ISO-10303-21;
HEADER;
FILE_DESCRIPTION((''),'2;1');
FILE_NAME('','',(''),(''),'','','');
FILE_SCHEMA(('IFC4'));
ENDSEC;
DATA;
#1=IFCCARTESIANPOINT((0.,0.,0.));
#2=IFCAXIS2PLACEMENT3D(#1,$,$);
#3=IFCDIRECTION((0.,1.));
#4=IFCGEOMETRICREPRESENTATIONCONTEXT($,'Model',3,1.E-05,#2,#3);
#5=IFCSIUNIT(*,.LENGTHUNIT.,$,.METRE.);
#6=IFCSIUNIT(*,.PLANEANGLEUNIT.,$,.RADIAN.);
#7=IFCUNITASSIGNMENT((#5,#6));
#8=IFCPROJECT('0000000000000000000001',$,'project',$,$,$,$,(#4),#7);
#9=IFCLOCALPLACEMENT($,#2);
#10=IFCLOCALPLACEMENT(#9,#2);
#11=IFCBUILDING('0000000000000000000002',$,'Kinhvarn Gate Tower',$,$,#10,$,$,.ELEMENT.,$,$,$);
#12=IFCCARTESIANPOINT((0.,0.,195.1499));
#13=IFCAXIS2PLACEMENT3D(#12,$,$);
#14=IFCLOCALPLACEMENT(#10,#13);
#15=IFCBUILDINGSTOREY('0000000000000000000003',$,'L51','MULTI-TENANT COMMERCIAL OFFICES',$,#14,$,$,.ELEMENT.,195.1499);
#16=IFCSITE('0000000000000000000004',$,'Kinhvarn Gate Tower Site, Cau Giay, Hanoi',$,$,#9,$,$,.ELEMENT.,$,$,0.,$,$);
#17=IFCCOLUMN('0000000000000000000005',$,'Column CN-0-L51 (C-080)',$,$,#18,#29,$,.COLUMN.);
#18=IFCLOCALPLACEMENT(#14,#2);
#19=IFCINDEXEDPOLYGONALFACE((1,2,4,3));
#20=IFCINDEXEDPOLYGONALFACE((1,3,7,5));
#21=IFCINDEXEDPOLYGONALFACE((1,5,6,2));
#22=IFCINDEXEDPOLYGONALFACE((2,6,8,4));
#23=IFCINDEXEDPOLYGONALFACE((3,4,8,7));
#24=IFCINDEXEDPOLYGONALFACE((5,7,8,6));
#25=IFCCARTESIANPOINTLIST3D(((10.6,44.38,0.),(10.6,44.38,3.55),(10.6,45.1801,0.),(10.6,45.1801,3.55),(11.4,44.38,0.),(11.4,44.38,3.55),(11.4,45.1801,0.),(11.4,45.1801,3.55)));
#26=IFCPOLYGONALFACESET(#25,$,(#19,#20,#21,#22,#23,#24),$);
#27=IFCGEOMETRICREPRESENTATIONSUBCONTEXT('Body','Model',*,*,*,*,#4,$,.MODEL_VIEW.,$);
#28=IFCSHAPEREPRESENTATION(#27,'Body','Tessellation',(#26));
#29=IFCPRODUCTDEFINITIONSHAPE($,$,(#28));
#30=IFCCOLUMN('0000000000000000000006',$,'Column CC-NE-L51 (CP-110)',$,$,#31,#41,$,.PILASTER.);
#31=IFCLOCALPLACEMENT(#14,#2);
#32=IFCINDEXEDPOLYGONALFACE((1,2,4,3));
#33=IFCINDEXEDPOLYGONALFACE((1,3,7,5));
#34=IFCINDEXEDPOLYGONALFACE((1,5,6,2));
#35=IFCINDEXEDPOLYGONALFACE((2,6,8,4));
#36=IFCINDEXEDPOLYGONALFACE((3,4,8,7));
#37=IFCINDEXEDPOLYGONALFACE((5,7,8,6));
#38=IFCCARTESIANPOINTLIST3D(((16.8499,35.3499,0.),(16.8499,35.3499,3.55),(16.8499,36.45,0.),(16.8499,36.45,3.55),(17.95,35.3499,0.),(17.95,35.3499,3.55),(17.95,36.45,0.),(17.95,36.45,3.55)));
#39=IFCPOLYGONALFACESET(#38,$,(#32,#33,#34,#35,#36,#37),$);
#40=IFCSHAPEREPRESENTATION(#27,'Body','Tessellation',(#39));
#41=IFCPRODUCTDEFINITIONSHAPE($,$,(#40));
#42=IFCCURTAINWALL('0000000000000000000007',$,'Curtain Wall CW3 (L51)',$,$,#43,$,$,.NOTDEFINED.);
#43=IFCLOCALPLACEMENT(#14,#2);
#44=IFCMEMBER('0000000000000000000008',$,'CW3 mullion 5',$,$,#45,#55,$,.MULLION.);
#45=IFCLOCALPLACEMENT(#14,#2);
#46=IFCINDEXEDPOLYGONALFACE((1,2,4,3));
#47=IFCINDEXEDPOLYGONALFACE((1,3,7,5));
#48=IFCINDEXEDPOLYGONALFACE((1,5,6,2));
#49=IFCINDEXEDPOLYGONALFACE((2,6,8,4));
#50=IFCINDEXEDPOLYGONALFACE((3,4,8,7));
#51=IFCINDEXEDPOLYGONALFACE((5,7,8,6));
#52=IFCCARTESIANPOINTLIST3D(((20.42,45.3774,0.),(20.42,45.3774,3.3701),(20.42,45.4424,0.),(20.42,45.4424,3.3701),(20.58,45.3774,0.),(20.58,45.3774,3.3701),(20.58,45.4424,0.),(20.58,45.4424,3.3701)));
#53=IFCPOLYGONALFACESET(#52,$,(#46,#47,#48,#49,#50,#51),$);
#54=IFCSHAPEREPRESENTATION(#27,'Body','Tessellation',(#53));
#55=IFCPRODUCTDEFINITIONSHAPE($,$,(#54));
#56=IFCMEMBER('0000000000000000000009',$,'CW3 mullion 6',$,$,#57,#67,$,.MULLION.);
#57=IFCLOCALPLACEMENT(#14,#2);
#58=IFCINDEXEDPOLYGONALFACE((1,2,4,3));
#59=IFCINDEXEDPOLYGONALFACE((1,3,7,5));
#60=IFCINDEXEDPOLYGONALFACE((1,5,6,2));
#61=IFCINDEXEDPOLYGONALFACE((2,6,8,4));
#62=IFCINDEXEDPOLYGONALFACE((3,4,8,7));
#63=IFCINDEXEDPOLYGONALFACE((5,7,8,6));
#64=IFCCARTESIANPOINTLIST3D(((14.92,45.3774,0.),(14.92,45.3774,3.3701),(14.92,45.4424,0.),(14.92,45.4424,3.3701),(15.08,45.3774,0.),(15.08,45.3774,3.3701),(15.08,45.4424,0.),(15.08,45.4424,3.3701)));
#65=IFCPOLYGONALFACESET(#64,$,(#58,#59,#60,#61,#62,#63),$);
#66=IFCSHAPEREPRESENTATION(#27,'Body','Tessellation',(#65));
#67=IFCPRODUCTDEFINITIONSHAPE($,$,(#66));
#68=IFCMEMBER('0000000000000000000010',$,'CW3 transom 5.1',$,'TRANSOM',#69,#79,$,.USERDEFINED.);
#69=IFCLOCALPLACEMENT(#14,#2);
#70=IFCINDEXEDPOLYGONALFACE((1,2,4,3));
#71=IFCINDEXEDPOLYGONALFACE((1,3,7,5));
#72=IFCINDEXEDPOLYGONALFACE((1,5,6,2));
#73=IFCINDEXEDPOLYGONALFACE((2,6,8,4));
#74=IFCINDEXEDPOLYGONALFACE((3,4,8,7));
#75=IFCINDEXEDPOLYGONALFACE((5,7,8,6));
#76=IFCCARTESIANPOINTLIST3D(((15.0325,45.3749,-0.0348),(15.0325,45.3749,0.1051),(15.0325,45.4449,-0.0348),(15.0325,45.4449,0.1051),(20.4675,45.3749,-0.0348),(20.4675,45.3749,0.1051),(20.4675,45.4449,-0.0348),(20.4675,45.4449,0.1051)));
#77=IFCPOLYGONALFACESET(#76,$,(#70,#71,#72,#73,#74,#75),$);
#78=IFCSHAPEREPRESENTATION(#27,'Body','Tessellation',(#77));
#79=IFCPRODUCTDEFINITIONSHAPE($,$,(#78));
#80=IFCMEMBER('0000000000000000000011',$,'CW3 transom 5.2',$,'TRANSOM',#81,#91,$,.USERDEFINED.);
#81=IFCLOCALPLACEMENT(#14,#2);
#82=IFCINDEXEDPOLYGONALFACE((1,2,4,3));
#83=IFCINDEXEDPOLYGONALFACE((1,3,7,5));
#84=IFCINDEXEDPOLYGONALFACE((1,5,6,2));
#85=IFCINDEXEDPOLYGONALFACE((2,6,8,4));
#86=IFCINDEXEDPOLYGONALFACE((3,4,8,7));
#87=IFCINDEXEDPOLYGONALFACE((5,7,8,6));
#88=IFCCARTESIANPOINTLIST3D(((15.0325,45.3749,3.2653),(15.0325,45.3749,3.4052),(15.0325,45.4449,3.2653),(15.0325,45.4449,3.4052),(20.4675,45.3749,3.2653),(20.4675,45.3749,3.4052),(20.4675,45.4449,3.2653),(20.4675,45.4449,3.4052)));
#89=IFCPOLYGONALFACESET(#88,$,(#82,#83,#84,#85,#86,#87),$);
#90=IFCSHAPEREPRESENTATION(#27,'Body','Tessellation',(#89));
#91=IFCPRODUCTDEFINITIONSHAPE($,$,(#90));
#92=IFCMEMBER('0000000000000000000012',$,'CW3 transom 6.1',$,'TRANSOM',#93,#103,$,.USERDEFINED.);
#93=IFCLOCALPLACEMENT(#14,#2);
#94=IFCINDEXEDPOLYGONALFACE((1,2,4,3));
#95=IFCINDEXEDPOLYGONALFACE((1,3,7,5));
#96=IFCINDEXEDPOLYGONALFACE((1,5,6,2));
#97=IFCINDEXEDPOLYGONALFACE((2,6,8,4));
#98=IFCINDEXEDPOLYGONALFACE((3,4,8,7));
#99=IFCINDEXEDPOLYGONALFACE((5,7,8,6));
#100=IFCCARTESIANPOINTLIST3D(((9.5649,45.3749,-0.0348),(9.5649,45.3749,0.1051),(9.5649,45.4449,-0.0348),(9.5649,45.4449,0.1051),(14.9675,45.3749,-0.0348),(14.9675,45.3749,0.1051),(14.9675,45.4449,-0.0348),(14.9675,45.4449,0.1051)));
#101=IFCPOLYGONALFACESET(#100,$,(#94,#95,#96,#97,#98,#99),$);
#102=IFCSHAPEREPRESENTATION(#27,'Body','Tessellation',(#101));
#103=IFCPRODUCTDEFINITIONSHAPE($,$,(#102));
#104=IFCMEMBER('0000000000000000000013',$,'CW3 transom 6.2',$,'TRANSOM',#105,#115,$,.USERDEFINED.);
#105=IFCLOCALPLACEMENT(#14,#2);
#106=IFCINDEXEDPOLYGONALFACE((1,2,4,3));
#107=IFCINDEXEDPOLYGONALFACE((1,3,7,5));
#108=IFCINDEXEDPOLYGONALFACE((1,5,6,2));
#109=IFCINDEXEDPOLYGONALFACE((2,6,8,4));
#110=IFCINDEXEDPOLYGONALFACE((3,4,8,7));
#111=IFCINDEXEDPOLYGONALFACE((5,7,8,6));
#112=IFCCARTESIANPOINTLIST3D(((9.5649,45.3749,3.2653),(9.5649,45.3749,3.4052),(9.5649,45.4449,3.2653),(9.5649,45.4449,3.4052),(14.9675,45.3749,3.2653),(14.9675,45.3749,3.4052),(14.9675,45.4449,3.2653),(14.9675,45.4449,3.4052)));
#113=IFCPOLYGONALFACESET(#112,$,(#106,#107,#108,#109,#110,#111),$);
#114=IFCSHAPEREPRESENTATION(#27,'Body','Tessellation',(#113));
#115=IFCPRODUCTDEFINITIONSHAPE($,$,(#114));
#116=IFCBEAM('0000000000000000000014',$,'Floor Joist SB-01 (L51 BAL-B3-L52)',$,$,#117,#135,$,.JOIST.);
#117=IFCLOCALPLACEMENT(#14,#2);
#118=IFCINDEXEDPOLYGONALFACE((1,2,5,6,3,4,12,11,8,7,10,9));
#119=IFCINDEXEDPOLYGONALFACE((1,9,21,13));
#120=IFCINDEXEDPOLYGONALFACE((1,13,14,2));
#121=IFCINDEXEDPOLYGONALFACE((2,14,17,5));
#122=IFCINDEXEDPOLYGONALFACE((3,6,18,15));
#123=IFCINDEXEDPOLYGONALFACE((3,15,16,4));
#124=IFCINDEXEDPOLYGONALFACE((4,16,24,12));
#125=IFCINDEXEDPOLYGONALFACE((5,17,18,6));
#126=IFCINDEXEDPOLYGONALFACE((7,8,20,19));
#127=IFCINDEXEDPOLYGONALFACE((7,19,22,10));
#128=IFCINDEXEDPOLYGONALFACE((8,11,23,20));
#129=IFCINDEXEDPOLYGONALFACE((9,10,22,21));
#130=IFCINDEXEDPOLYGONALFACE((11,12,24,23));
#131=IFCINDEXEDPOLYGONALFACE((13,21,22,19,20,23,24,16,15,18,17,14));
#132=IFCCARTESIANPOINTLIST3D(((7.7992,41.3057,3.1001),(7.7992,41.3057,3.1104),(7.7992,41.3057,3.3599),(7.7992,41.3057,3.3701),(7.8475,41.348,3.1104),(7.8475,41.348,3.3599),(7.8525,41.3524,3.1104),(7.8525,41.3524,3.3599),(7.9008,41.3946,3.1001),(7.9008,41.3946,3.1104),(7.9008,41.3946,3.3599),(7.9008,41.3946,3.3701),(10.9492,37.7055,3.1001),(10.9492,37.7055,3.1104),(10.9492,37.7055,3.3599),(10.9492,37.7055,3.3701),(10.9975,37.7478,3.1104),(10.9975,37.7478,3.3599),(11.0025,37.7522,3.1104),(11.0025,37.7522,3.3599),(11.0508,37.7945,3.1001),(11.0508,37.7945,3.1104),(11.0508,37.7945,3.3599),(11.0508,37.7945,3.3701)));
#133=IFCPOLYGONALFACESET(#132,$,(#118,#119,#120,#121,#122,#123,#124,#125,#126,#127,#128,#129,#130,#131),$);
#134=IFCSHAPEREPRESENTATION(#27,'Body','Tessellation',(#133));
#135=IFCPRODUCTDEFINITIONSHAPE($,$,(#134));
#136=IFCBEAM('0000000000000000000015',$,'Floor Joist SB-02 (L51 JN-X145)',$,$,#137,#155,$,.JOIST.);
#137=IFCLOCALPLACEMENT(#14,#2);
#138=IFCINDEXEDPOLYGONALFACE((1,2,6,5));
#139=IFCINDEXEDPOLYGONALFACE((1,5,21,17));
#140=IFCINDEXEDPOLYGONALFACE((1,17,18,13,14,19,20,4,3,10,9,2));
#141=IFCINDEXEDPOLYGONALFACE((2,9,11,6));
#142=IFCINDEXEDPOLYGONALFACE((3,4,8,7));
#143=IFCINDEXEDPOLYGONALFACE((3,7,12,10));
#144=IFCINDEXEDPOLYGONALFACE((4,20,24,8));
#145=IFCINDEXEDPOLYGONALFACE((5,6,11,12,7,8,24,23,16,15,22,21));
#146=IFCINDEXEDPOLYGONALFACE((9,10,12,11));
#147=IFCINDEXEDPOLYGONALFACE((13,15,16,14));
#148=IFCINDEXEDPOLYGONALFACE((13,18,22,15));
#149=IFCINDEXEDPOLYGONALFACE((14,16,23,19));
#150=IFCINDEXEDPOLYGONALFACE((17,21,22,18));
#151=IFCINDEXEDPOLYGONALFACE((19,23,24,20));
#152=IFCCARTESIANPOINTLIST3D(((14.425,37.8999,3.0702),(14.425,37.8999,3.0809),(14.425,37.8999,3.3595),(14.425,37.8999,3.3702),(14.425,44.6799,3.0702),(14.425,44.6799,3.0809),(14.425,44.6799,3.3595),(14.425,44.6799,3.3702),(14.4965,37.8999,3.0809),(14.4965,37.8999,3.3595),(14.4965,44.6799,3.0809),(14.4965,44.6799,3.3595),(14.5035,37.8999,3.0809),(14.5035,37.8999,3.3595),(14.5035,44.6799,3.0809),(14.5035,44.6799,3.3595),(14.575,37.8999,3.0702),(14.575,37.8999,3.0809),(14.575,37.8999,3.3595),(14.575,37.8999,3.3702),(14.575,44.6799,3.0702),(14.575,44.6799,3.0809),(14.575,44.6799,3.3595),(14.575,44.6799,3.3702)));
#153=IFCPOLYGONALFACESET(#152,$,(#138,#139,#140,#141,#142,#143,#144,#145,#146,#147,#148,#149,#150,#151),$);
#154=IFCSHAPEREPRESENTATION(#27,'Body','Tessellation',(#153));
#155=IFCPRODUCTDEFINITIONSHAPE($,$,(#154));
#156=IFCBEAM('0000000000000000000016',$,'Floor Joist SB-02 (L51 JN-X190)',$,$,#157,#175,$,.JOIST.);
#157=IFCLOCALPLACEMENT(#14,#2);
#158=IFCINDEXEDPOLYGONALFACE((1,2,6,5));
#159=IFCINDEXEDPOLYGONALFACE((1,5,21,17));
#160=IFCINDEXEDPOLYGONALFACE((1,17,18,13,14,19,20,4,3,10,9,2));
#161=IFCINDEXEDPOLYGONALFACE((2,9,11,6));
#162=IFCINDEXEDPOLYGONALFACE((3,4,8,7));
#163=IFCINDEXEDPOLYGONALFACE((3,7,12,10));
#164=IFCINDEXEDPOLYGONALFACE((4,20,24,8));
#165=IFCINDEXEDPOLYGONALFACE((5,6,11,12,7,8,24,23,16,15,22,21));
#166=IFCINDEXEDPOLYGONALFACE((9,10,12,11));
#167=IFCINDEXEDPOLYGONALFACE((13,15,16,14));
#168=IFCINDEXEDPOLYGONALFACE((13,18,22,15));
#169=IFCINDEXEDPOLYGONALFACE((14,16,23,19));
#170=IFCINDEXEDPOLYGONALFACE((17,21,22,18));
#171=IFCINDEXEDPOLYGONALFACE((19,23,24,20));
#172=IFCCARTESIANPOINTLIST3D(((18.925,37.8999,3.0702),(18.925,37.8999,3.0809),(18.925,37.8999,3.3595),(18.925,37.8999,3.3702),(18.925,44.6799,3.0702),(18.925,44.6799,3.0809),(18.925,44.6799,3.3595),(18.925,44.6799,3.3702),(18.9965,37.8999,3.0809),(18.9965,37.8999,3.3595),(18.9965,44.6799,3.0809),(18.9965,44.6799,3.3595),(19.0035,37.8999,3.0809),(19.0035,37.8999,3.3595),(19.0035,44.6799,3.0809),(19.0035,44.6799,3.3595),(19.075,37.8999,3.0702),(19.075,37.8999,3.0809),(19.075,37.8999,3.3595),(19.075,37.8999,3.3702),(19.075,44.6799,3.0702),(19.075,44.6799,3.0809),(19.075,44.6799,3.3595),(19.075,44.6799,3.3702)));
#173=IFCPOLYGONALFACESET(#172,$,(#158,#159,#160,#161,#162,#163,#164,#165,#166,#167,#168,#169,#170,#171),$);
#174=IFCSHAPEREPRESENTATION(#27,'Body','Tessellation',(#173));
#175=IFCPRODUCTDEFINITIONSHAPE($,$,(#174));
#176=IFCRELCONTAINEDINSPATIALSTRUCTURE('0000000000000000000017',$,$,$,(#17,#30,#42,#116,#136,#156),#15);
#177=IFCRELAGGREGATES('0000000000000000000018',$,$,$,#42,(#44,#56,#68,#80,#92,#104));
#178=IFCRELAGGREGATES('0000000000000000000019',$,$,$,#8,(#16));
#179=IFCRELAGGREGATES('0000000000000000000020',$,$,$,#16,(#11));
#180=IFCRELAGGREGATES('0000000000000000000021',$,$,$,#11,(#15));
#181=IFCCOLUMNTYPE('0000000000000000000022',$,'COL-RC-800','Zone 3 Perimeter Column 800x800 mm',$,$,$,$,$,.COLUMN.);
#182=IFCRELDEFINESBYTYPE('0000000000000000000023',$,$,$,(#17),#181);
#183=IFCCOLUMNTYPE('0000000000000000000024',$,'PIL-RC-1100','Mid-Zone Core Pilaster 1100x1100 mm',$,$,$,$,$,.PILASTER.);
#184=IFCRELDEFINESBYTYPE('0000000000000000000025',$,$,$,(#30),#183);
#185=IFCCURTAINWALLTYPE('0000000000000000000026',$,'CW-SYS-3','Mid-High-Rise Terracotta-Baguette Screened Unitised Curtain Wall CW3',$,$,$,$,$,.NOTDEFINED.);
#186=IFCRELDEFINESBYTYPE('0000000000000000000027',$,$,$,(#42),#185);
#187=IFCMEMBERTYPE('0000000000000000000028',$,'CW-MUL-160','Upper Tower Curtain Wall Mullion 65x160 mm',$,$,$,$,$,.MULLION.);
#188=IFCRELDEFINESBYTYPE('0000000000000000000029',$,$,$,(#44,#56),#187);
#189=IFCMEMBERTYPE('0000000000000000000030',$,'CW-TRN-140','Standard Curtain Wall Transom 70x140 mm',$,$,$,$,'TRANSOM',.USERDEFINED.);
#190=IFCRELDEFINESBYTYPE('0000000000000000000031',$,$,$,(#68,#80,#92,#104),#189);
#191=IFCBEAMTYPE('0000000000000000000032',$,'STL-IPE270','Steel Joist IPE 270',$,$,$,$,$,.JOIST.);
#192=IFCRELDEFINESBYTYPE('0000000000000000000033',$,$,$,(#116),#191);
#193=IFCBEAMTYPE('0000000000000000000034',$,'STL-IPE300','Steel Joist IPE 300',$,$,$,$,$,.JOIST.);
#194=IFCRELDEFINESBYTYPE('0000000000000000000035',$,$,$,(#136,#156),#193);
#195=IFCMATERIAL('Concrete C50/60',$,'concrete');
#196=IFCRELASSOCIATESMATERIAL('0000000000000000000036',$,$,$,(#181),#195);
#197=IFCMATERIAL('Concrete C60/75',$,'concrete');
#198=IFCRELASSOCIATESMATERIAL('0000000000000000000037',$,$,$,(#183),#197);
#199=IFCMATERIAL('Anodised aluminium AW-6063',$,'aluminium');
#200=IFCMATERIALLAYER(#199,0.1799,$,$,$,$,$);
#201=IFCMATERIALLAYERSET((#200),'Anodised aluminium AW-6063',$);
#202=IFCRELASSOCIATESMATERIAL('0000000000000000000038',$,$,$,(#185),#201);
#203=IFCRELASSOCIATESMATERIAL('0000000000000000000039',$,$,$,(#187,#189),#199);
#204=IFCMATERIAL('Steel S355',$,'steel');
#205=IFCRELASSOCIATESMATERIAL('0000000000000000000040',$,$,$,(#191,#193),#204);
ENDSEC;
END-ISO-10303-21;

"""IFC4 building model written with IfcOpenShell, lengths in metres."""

from ifc_helpers import new_model, si_unit, direction, frame, origin, origin_2d, place, context, subcontext, project, spatial, rectangle, i_section, extrude, material, layer, layer_set, material_profile, profile_set, type_object, element, aggregate, save


model = new_model("IFC4")

# Units and contexts
model_context = context("Model", 3, precision=1e-05, world=origin(), true_north=direction((0.0, 1.0)))
body_context = subcontext(model_context, "Body", "Model", "MODEL_VIEW")
ifc_project = project(units=[si_unit("LENGTHUNIT", "METRE"), si_unit("PLANEANGLEUNIT", "RADIAN")], contexts=[model_context])

# Site, building, storey
site_placement = place(None, origin())
site = spatial("IfcSite", under=ifc_project, at=site_placement, Name="Kinhvarn Gate Tower Site, Cau Giay, Hanoi", CompositionType="ELEMENT", RefElevation=0.0)
building_placement = place(site_placement, origin())
building = spatial("IfcBuilding", under=site, at=building_placement, Name="Kinhvarn Gate Tower", CompositionType="ELEMENT")
storey_placement = place(building_placement, frame((0.0, 0.0, 195.1499)))
storey = spatial("IfcBuildingStorey", under=building, at=storey_placement, Name="L51", Description="MULTI-TENANT COMMERCIAL OFFICES", CompositionType="ELEMENT", Elevation=195.1499)

# Columns
ifc_material_1 = material(Name="Concrete C50/60", Category="concrete")
ifc_material_profile_1 = material_profile(ifc_material_1, rectangle(XDim=0.8, YDim=0.8, at=origin_2d()), Name="RC 800x800")
ifc_profile_set_1 = profile_set([ifc_material_profile_1], Name="Concrete C50/60")
column_type_1 = type_object("IfcColumnType", Name="COL-RC-800", Description="Zone 3 Perimeter Column 800x800 mm", PredefinedType="COLUMN", material=ifc_profile_set_1)
column_1_placement = place(storey_placement, frame((11.0, 44.78, 0.0), z_axis=(0.0, 0.0, 1.0), x_axis=(1.0, 0.0, 0.0)))
element("IfcColumn", 1, at=column_1_placement, inside=storey, type_object=column_type_1, Name="Column CN-0-L51 (C-080)", PredefinedType="COLUMN", context=body_context, shape_type="SweptSolid", body=[
    extrude(rectangle(XDim=0.8, YDim=0.8, at=origin_2d()), origin(), (0.0, 0.0, 1.0), 3.55),
])
ifc_material_2 = material(Name="Concrete C60/75", Category="concrete")
ifc_material_profile_2 = material_profile(ifc_material_2, rectangle(XDim=1.1001, YDim=1.1001, at=origin_2d()), Name="RC 1100x1100")
ifc_profile_set_2 = profile_set([ifc_material_profile_2], Name="Concrete C60/75")
column_type_2 = type_object("IfcColumnType", Name="PIL-RC-1100", Description="Mid-Zone Core Pilaster 1100x1100 mm", PredefinedType="PILASTER", material=ifc_profile_set_2)
column_2_placement = place(storey_placement, frame((17.3999, 35.8999, 0.0), z_axis=(0.0, 0.0, 1.0), x_axis=(1.0, 0.0, 0.0)))
element("IfcColumn", 2, at=column_2_placement, inside=storey, type_object=column_type_2, Name="Column CC-NE-L51 (CP-110)", PredefinedType="PILASTER", context=body_context, shape_type="SweptSolid", body=[
    extrude(rectangle(XDim=1.1001, YDim=1.1001, at=origin_2d()), origin(), (0.0, 0.0, 1.0), 3.55),
])

# Curtain wall, members
ifc_material_3 = material(Name="Anodised aluminium AW-6063", Category="aluminium")
ifc_layer_1 = layer(ifc_material_3, 0.1799)
ifc_layer_set_1 = layer_set([ifc_layer_1], Name="Anodised aluminium AW-6063")
curtain_wall_type = type_object("IfcCurtainWallType", Name="CW-SYS-3", Description="Mid-High-Rise Terracotta-Baguette Screened Unitised Curtain Wall CW3", PredefinedType="NOTDEFINED", material=ifc_layer_set_1)
curtain_wall_placement = place(storey_placement, origin())
curtain_wall = element("IfcCurtainWall", 3, at=curtain_wall_placement, inside=storey, type_object=curtain_wall_type, Name="Curtain Wall CW3 (L51)", PredefinedType="NOTDEFINED")
ifc_material_profile_3 = material_profile(ifc_material_3, rectangle(XDim=0.0649, YDim=0.1599, at=origin_2d()), Name="ALU 65x160")
ifc_profile_set_3 = profile_set([ifc_material_profile_3], Name="Anodised aluminium AW-6063")
member_type_1 = type_object("IfcMemberType", Name="CW-MUL-160", Description="Upper Tower Curtain Wall Mullion 65x160 mm", PredefinedType="MULLION", material=ifc_profile_set_3)
member_1_placement = place(storey_placement, frame((20.5, 45.4099, 0.0), z_axis=(0.0, 0.0, 1.0), x_axis=(0.0, -1.0, 0.0)))
member_1 = element("IfcMember", 4, at=member_1_placement, type_object=member_type_1, Name="CW3 mullion 5", PredefinedType="MULLION", context=body_context, shape_type="SweptSolid", body=[
    extrude(rectangle(XDim=0.0649, YDim=0.1599, at=origin_2d()), origin(), (0.0, 0.0, 1.0), 3.3701),
])
member_2_placement = place(storey_placement, frame((15.0, 45.4099, 0.0), z_axis=(0.0, 0.0, 1.0), x_axis=(0.0, -1.0, 0.0)))
member_2 = element("IfcMember", 5, at=member_2_placement, type_object=member_type_1, Name="CW3 mullion 6", PredefinedType="MULLION", context=body_context, shape_type="SweptSolid", body=[
    extrude(rectangle(XDim=0.0649, YDim=0.1599, at=origin_2d()), origin(), (0.0, 0.0, 1.0), 3.3701),
])
ifc_material_profile_4 = material_profile(ifc_material_3, rectangle(XDim=0.0701, YDim=0.1399, at=origin_2d()), Name="ALU 70x140")
ifc_profile_set_4 = profile_set([ifc_material_profile_4], Name="Anodised aluminium AW-6063")
member_type_2 = type_object("IfcMemberType", Name="CW-TRN-140", Description="Standard Curtain Wall Transom 70x140 mm", ElementType="TRANSOM", PredefinedType="USERDEFINED", material=ifc_profile_set_4)
member_3_placement = place(storey_placement, frame((20.4675, 45.4099, 0.0352), z_axis=(-1.0, 0.0, 0.0), x_axis=(0.0, -1.0, 0.0)))
member_3 = element("IfcMember", 6, at=member_3_placement, type_object=member_type_2, Name="CW3 transom 5.1", ObjectType="TRANSOM", PredefinedType="USERDEFINED", context=body_context, shape_type="SweptSolid", body=[
    extrude(rectangle(XDim=0.0701, YDim=0.1399, at=origin_2d()), origin(), (0.0, 0.0, 1.0), 5.4351),
])
member_4_placement = place(storey_placement, frame((20.4675, 45.4099, 3.3352), z_axis=(-1.0, 0.0, 0.0), x_axis=(0.0, -1.0, 0.0)))
member_4 = element("IfcMember", 7, at=member_4_placement, type_object=member_type_2, Name="CW3 transom 5.2", ObjectType="TRANSOM", PredefinedType="USERDEFINED", context=body_context, shape_type="SweptSolid", body=[
    extrude(rectangle(XDim=0.0701, YDim=0.1399, at=origin_2d()), origin(), (0.0, 0.0, 1.0), 5.4351),
])
member_5_placement = place(storey_placement, frame((14.9675, 45.4099, 0.0352), z_axis=(-1.0, 0.0, 0.0), x_axis=(0.0, -1.0, 0.0)))
member_5 = element("IfcMember", 8, at=member_5_placement, type_object=member_type_2, Name="CW3 transom 6.1", ObjectType="TRANSOM", PredefinedType="USERDEFINED", context=body_context, shape_type="SweptSolid", body=[
    extrude(rectangle(XDim=0.0701, YDim=0.1399, at=origin_2d()), origin(), (0.0, 0.0, 1.0), 5.4026),
])
member_6_placement = place(storey_placement, frame((14.9675, 45.4099, 3.3352), z_axis=(-1.0, 0.0, 0.0), x_axis=(0.0, -1.0, 0.0)))
member_6 = element("IfcMember", 9, at=member_6_placement, type_object=member_type_2, Name="CW3 transom 6.2", ObjectType="TRANSOM", PredefinedType="USERDEFINED", context=body_context, shape_type="SweptSolid", body=[
    extrude(rectangle(XDim=0.0701, YDim=0.1399, at=origin_2d()), origin(), (0.0, 0.0, 1.0), 5.4026),
])

# Beams
ifc_material_4 = material(Name="Steel S355", Category="steel")
ifc_material_profile_5 = material_profile(ifc_material_4, i_section(OverallWidth=0.135, OverallDepth=0.27, WebThickness=0.0066, FlangeThickness=0.0103, at=origin_2d()), Name="IPE 270")
ifc_profile_set_5 = profile_set([ifc_material_profile_5], Name="Steel S355")
beam_type_1 = type_object("IfcBeamType", Name="STL-IPE270", Description="Steel Joist IPE 270", PredefinedType="JOIST", material=ifc_profile_set_5)
beam_1_placement = place(storey_placement, frame((11.0, 37.75, 3.2351), z_axis=(-0.658483, 0.752596, 0.0), x_axis=(-0.752596, -0.658483, 0.0)))
element("IfcBeam", 10, at=beam_1_placement, inside=storey, type_object=beam_type_1, Name="Floor Joist SB-01 (L51 BAL-B3-L52)", PredefinedType="JOIST", context=body_context, shape_type="SweptSolid", body=[
    extrude(i_section(OverallWidth=0.135, OverallDepth=0.27, WebThickness=0.0066, FlangeThickness=0.0103, at=origin_2d()), origin(), (0.0, 0.0, 1.0), 4.7837),
])
ifc_material_profile_6 = material_profile(ifc_material_4, i_section(OverallWidth=0.1499, OverallDepth=0.3, WebThickness=0.0071, FlangeThickness=0.0107, at=origin_2d()), Name="IPE 300")
ifc_profile_set_6 = profile_set([ifc_material_profile_6], Name="Steel S355")
beam_type_2 = type_object("IfcBeamType", Name="STL-IPE300", Description="Steel Joist IPE 300", PredefinedType="JOIST", material=ifc_profile_set_6)
for number, where, z_axis, x_axis, name in (
    (11, (14.5, 37.8999, 3.2202), (0.0, 1.0, 0.0), (-1.0, 0.0, 0.0), "Floor Joist SB-02 (L51 JN-X145)"),
    (12, (19.0, 37.8999, 3.2202), (0.0, 1.0, 0.0), (-1.0, 0.0, 0.0), "Floor Joist SB-02 (L51 JN-X190)"),
):
    element("IfcBeam", number, at=place(storey_placement, frame(where, z_axis=z_axis, x_axis=x_axis)), inside=storey, type_object=beam_type_2, Name=name, PredefinedType="JOIST", context=body_context, shape_type="SweptSolid", body=[
        extrude(i_section(OverallWidth=0.1499, OverallDepth=0.3, WebThickness=0.0071, FlangeThickness=0.0107, at=origin_2d()), origin(), (0.0, 0.0, 1.0), 6.78),
    ])

aggregate(curtain_wall, [member_1, member_2, member_3, member_4, member_5, member_6])

save(model, "model.ifc")
